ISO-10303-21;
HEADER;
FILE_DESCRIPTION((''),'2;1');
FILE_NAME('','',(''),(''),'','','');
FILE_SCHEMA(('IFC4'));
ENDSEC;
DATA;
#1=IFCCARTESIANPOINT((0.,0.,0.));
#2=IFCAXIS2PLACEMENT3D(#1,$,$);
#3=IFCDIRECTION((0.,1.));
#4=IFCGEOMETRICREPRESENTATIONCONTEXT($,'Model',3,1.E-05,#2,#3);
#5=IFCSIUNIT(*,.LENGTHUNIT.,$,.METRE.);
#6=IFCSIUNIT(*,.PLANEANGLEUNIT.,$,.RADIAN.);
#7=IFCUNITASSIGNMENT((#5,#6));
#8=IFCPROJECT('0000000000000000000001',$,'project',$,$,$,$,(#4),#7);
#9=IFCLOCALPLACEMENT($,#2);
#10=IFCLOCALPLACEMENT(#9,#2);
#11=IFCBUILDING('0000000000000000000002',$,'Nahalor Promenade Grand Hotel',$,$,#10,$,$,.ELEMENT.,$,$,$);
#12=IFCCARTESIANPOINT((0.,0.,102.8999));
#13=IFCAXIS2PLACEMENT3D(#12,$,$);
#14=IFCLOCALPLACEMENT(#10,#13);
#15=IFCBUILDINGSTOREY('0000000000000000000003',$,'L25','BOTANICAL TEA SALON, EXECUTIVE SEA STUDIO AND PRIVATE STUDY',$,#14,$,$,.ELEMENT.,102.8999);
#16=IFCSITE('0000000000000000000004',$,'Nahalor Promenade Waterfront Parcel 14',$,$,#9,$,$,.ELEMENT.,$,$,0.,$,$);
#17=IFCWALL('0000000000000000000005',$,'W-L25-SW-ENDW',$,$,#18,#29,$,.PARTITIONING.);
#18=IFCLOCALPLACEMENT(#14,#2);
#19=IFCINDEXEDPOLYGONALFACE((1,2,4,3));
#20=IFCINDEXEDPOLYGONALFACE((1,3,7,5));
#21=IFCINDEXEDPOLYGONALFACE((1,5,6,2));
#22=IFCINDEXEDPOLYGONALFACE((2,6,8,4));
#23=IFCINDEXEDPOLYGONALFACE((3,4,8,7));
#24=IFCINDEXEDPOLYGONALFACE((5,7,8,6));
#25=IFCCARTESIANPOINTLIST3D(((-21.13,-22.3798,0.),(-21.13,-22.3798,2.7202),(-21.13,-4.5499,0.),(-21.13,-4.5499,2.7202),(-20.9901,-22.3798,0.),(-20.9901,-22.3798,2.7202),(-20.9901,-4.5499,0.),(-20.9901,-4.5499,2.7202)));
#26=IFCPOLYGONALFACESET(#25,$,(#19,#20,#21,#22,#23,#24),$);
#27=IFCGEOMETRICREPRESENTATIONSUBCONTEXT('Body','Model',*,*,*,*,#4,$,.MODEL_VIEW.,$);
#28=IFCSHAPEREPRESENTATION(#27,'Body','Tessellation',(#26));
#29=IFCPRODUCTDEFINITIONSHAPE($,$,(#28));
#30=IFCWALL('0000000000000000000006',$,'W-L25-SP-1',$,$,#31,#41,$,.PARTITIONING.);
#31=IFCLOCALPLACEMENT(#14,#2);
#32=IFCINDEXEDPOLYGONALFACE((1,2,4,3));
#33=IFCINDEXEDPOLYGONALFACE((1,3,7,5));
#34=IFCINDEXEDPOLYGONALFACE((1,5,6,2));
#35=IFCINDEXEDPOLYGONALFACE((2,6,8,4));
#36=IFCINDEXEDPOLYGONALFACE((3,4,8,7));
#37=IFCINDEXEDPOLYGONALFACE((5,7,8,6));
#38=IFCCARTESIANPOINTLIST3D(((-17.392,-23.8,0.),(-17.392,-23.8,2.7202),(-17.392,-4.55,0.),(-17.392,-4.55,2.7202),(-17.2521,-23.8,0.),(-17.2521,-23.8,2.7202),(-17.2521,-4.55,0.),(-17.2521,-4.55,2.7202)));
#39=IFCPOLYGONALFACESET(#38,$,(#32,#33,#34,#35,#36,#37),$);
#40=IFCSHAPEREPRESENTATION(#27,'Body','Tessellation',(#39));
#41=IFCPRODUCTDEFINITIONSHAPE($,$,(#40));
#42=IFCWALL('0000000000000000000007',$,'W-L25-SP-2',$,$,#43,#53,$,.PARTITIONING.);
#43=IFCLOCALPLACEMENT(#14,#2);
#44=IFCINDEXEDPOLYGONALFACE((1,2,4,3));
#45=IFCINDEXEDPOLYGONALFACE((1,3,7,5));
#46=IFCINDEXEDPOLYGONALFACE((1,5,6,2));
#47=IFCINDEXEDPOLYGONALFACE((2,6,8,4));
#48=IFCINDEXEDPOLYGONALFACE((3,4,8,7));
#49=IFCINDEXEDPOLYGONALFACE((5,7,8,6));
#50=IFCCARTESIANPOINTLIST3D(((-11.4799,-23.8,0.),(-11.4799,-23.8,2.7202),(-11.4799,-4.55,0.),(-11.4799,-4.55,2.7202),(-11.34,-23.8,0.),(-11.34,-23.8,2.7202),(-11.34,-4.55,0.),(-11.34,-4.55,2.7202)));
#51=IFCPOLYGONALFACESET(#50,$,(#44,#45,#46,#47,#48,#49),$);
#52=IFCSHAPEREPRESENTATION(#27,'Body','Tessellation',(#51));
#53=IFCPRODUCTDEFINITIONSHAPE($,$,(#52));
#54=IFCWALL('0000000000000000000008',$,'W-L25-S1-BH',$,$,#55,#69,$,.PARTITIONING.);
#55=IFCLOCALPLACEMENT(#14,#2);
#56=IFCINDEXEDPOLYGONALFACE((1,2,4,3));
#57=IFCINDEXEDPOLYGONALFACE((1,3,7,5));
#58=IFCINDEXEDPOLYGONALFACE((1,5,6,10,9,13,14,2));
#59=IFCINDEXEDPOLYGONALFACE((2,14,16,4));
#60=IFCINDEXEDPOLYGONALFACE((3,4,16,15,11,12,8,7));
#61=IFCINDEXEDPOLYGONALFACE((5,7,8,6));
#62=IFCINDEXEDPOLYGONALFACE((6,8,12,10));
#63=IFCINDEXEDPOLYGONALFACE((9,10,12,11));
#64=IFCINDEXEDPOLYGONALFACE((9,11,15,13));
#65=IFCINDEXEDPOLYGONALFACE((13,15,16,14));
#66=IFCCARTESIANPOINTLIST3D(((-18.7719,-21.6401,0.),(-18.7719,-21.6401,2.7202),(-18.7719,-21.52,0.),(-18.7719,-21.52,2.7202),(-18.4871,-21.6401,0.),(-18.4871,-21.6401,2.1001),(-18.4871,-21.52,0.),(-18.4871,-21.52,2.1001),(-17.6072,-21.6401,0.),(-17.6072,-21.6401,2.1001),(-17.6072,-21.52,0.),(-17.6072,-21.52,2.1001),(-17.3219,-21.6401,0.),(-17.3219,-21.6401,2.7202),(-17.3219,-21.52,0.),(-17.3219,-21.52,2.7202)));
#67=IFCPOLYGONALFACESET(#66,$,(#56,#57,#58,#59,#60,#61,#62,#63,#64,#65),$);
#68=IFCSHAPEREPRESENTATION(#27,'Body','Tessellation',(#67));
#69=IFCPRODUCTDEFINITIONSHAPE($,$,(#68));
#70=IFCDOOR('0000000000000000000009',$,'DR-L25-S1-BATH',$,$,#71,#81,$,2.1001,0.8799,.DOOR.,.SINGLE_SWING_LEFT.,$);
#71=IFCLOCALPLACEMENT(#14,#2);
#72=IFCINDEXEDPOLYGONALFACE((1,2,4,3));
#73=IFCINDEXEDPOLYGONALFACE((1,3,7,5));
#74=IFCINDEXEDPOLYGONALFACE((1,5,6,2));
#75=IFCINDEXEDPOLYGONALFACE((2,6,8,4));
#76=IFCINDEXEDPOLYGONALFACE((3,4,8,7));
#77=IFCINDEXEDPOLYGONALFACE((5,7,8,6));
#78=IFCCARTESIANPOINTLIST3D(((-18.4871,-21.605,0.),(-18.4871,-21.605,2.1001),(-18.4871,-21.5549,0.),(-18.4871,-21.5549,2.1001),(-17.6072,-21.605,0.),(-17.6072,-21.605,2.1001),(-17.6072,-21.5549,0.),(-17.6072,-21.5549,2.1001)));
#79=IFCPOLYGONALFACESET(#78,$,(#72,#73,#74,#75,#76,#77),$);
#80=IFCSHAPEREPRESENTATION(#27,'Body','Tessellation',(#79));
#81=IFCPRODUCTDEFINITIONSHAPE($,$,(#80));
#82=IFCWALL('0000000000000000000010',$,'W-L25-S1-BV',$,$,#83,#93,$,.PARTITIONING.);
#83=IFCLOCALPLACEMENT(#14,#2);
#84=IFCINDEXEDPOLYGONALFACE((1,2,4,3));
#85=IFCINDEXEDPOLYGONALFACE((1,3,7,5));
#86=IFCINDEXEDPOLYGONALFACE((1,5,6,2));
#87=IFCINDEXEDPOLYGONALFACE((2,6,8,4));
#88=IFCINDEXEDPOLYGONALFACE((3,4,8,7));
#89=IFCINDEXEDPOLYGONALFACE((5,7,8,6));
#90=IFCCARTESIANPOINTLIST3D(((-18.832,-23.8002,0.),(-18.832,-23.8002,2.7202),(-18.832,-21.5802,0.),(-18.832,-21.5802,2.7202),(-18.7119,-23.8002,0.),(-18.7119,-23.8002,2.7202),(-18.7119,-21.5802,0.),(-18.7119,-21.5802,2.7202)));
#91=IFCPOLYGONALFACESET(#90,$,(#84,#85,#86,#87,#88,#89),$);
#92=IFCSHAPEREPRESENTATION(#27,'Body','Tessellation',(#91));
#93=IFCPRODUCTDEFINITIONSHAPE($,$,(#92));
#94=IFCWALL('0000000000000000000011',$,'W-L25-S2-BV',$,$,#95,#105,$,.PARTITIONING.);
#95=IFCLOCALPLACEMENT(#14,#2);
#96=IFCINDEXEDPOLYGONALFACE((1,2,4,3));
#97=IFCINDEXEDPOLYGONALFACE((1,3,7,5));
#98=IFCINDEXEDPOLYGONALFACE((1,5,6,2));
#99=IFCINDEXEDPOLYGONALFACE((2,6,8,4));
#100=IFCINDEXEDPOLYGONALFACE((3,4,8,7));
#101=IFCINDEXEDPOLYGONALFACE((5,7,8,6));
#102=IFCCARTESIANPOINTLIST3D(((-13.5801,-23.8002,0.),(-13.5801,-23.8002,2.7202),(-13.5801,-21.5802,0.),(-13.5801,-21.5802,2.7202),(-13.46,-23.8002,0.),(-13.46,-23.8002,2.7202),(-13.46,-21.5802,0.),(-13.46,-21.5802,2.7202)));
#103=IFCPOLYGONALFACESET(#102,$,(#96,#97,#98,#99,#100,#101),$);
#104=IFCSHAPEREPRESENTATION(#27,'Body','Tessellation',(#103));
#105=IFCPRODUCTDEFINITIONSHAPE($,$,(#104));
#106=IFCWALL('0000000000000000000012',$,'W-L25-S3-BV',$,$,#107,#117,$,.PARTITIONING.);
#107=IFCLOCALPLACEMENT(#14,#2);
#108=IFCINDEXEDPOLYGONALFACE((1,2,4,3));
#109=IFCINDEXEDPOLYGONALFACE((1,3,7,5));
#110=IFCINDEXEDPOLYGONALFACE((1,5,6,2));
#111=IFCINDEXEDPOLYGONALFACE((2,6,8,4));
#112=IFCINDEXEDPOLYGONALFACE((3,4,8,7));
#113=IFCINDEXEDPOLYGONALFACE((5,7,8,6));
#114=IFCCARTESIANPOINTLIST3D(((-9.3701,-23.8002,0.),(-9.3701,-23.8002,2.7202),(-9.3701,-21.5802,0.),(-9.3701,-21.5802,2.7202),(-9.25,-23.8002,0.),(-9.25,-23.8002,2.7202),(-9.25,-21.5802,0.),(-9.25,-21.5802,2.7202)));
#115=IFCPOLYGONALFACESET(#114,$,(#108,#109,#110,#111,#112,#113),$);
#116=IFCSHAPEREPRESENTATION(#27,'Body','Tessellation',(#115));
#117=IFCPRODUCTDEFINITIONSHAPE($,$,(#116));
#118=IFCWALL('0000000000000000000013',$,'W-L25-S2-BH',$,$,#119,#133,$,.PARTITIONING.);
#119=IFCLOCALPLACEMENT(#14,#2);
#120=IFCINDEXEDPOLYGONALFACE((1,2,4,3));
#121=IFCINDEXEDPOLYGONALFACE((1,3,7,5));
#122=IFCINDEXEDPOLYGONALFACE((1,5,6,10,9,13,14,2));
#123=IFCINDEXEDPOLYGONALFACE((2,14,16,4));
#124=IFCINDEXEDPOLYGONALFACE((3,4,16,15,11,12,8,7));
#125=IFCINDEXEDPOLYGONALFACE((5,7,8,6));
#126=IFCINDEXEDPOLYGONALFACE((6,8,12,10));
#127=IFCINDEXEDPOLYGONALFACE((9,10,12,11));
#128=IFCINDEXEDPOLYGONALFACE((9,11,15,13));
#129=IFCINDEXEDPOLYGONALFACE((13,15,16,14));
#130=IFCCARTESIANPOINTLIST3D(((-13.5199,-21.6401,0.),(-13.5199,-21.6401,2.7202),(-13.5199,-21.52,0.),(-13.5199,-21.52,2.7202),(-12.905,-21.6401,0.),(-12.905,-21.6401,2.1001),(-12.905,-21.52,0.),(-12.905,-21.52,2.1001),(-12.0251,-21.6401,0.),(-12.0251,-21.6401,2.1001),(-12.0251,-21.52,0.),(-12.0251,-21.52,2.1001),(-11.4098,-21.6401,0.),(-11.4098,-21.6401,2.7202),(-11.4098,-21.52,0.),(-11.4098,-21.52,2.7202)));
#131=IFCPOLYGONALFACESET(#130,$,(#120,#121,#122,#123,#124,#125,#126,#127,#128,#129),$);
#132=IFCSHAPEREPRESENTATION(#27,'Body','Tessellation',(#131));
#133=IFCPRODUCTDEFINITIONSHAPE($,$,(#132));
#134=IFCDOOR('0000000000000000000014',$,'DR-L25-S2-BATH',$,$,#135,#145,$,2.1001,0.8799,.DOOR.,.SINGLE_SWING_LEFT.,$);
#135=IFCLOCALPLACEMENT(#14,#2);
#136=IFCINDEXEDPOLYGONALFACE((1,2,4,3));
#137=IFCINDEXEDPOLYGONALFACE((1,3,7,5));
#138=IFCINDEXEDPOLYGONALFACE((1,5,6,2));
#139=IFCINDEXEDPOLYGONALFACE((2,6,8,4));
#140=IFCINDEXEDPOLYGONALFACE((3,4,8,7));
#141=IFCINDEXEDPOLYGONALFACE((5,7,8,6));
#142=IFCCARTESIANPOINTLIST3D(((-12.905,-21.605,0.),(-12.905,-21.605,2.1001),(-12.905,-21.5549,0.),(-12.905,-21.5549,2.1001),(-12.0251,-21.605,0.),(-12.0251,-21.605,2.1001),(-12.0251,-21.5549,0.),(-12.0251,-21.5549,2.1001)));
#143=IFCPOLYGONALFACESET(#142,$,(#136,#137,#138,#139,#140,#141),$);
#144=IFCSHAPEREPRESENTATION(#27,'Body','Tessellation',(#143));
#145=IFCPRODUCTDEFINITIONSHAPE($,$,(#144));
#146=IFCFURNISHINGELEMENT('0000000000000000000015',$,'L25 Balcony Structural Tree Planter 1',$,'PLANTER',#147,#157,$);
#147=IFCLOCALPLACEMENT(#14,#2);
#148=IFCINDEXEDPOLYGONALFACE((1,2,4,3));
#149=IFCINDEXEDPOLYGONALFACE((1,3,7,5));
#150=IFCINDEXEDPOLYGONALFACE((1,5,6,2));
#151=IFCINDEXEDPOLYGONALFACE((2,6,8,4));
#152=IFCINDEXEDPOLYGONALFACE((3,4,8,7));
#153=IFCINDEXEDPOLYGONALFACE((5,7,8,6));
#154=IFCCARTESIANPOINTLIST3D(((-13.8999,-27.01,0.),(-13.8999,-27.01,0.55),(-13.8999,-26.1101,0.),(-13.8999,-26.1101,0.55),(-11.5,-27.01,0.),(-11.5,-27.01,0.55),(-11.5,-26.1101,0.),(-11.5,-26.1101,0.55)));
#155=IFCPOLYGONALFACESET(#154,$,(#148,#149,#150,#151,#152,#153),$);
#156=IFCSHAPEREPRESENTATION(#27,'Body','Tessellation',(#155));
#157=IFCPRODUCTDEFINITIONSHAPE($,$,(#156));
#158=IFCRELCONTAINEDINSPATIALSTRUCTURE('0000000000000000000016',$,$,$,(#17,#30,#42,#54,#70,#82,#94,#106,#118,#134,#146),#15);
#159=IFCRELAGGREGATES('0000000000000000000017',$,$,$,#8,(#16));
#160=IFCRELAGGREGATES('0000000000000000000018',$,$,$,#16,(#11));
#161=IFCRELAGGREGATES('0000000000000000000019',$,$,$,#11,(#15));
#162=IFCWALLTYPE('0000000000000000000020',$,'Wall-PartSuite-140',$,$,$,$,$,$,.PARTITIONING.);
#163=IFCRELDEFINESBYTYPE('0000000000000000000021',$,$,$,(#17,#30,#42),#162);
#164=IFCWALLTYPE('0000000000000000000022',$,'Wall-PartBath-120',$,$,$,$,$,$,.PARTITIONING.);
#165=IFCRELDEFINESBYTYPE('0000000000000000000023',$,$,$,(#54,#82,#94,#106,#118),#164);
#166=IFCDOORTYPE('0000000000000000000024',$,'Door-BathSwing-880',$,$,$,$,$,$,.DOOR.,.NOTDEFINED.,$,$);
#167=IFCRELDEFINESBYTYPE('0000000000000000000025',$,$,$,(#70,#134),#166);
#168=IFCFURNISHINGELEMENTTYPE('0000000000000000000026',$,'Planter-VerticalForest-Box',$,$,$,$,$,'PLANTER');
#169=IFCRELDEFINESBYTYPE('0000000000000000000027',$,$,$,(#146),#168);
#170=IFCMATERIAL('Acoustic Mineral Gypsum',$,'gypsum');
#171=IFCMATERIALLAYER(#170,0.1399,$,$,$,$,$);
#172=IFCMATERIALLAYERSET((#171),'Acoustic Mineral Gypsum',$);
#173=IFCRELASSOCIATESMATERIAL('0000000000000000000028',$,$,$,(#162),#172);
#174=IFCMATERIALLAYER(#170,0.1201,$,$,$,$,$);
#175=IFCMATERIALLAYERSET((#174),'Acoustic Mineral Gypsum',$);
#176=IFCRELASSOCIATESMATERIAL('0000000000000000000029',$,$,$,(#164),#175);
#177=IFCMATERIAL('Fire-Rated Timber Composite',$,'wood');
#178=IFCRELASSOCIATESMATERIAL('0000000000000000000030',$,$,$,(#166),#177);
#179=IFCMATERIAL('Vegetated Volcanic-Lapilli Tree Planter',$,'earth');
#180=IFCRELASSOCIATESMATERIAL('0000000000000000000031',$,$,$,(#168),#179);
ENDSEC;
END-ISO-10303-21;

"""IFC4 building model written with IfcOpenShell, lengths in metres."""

from ifc_helpers import new_model, si_unit, direction, frame, frame_2d, origin, origin_2d, place, context, subcontext, project, spatial, rectangle, extrude, source, transform, mapped, material, layer, layer_set, type_object, element, fill, save


model = new_model("IFC4")

# Units and contexts
model_context = context("Model", 3, precision=1e-05, world=origin(), true_north=direction((0.0, 1.0)))
body_context = subcontext(model_context, "Body", "Model", "MODEL_VIEW")
ifc_project = project(units=[si_unit("LENGTHUNIT", "METRE"), si_unit("PLANEANGLEUNIT", "RADIAN")], contexts=[model_context])

# Site, building, storey
site_placement = place(None, origin())
site = spatial("IfcSite", under=ifc_project, at=site_placement, Name="Nahalor Promenade Waterfront Parcel 14", CompositionType="ELEMENT", RefElevation=0.0)
building_placement = place(site_placement, origin())
building = spatial("IfcBuilding", under=site, at=building_placement, Name="Nahalor Promenade Grand Hotel", CompositionType="ELEMENT")
storey_placement = place(building_placement, frame((0.0, 0.0, 102.8999)))
storey = spatial("IfcBuildingStorey", under=building, at=storey_placement, Name="L25", Description="BOTANICAL TEA SALON, EXECUTIVE SEA STUDIO AND PRIVATE STUDY", CompositionType="ELEMENT", Elevation=102.8999)

# Walls
ifc_material_1 = material(Name="Acoustic Mineral Gypsum", Category="gypsum")
ifc_layer_1 = layer(ifc_material_1, 0.1399)
ifc_layer_set_1 = layer_set([ifc_layer_1], Name="Acoustic Mineral Gypsum")
wall_type_1 = type_object("IfcWallType", Name="Wall-PartSuite-140", PredefinedType="PARTITIONING", material=ifc_layer_set_1)
shared_shape_1 = source(origin(), body_context, "Body", "SweptSolid", [
    extrude(rectangle(XDim=17.8298, YDim=0.1399, at=frame_2d((8.915, 0.0))), origin(), (0.0, 0.0, 1.0), 2.7202),
])
wall_1_placement = place(storey_placement, frame((-21.0601, -22.3799, 0.0), z_axis=(0.0, 0.0, 1.0), x_axis=(0.0, 1.0, 0.0)))
element("IfcWall", 1, at=wall_1_placement, inside=storey, type_object=wall_type_1, Name="W-L25-SW-ENDW", PredefinedType="PARTITIONING", context=body_context, shape_type="MappedRepresentation", body=[
    mapped(shared_shape_1, transform((0.0, 0.0, 0.0), scale=1.0)),
])
shared_shape_2 = source(origin(), body_context, "Body", "SweptSolid", [
    extrude(rectangle(XDim=19.25, YDim=0.1399, at=frame_2d((9.625, 0.0))), origin(), (0.0, 0.0, 1.0), 2.7202),
])
for number, where, z_axis, x_axis, name in (
    (2, (-17.322, -23.8, 0.0), (0.0, 0.0, 1.0), (0.0, 1.0, 0.0), "W-L25-SP-1"),
    (3, (-11.4099, -23.8, 0.0), (0.0, 0.0, 1.0), (0.0, 1.0, 0.0), "W-L25-SP-2"),
):
    element("IfcWall", number, at=place(storey_placement, frame(where, z_axis=z_axis, x_axis=x_axis)), inside=storey, type_object=wall_type_1, Name=name, PredefinedType="PARTITIONING", context=body_context, shape_type="MappedRepresentation", body=[
        mapped(shared_shape_2, transform((0.0, 0.0, 0.0), scale=1.0)),
    ])

# Wall, opening, door
ifc_layer_2 = layer(ifc_material_1, 0.1201)
ifc_layer_set_2 = layer_set([ifc_layer_2], Name="Acoustic Mineral Gypsum")
wall_type_2 = type_object("IfcWallType", Name="Wall-PartBath-120", PredefinedType="PARTITIONING", material=ifc_layer_set_2)
shared_shape_3 = source(origin(), body_context, "Body", "SweptSolid", [
    extrude(rectangle(XDim=1.45, YDim=0.1201, at=frame_2d((0.7251, 0.0))), origin(), (0.0, 0.0, 1.0), 2.7202),
])
wall_2_placement = place(storey_placement, frame((-18.772, -21.5801, 0.0), z_axis=(0.0, 0.0, 1.0), x_axis=(1.0, 0.0, 0.0)))
wall_2 = element("IfcWall", 4, at=wall_2_placement, inside=storey, type_object=wall_type_2, Name="W-L25-S1-BH", PredefinedType="PARTITIONING", context=body_context, shape_type="MappedRepresentation", body=[
    mapped(shared_shape_3, transform((0.0, 0.0, 0.0), scale=1.0)),
])
opening_1_placement = place(wall_2_placement, frame((0.2849, 0.0, 0.0)))
opening_1 = element("IfcOpeningElement", 5, at=opening_1_placement, cuts=wall_2, PredefinedType="OPENING", context=body_context, shape_type="SweptSolid", body=[
    extrude(rectangle(XDim=0.8799, YDim=2.1001, at=frame_2d((0.4399, 1.05))), frame((0.0, 0.0701, 0.0), z_axis=(0.0, -1.0, 0.0), x_axis=(1.0, 0.0, 0.0)), (0.0, 0.0, 1.0), 0.1401),
])
ifc_material_2 = material(Name="Fire-Rated Timber Composite", Category="wood")
door_type_1 = type_object("IfcDoorType", Name="Door-BathSwing-880", OperationType="NOTDEFINED", PredefinedType="DOOR", material=ifc_material_2)
shared_shape_4 = source(origin(), body_context, "Body", "SweptSolid", [
    extrude(rectangle(XDim=0.8799, YDim=2.1001, at=frame_2d((0.4399, 1.05))), frame((0.0, 0.0249, 0.0), z_axis=(0.0, -1.0, 0.0), x_axis=(1.0, 0.0, 0.0)), (0.0, 0.0, 1.0), 0.05),
])
door_1_placement = place(opening_1_placement, frame((0.8799, 0.0, 0.0), z_axis=(0.0, 0.0, 1.0), x_axis=(-1.0, 0.0, 0.0)))
door_1 = element("IfcDoor", 6, at=door_1_placement, inside=storey, type_object=door_type_1, Name="DR-L25-S1-BATH", OperationType="SINGLE_SWING_LEFT", OverallHeight=2.1001, OverallWidth=0.8799, PredefinedType="DOOR", context=body_context, shape_type="MappedRepresentation", body=[
    mapped(shared_shape_4, transform((0.0, 0.0, 0.0), scale=1.0)),
])
fill(opening_1, door_1)

# Walls
shared_shape_5 = source(origin(), body_context, "Body", "SweptSolid", [
    extrude(rectangle(XDim=2.22, YDim=0.1201, at=frame_2d((1.1099, 0.0))), origin(), (0.0, 0.0, 1.0), 2.7202),
])
for number, where, z_axis, x_axis, name in (
    (7, (-18.772, -23.8, 0.0), (0.0, 0.0, 1.0), (0.0, 1.0, 0.0), "W-L25-S1-BV"),
    (8, (-13.52, -23.8, 0.0), (0.0, 0.0, 1.0), (0.0, 1.0, 0.0), "W-L25-S2-BV"),
    (9, (-9.3101, -23.8, 0.0), (0.0, 0.0, 1.0), (0.0, 1.0, 0.0), "W-L25-S3-BV"),
):
    element("IfcWall", number, at=place(storey_placement, frame(where, z_axis=z_axis, x_axis=x_axis)), inside=storey, type_object=wall_type_2, Name=name, PredefinedType="PARTITIONING", context=body_context, shape_type="MappedRepresentation", body=[
        mapped(shared_shape_5, transform((0.0, 0.0, 0.0), scale=1.0)),
    ])

# Wall, opening, door
shared_shape_6 = source(origin(), body_context, "Body", "SweptSolid", [
    extrude(rectangle(XDim=2.1101, YDim=0.1201, at=frame_2d((1.0552, 0.0))), origin(), (0.0, 0.0, 1.0), 2.7202),
])
wall_3_placement = place(storey_placement, frame((-13.52, -21.5801, 0.0), z_axis=(0.0, 0.0, 1.0), x_axis=(1.0, 0.0, 0.0)))
wall_3 = element("IfcWall", 10, at=wall_3_placement, inside=storey, type_object=wall_type_2, Name="W-L25-S2-BH", PredefinedType="PARTITIONING", context=body_context, shape_type="MappedRepresentation", body=[
    mapped(shared_shape_6, transform((0.0, 0.0, 0.0), scale=1.0)),
])
opening_2_placement = place(wall_3_placement, frame((0.615, 0.0, 0.0)))
opening_2 = element("IfcOpeningElement", 11, at=opening_2_placement, cuts=wall_3, PredefinedType="OPENING", context=body_context, shape_type="SweptSolid", body=[
    extrude(rectangle(XDim=0.8799, YDim=2.1001, at=frame_2d((0.4399, 1.05))), frame((0.0, 0.0701, 0.0), z_axis=(0.0, -1.0, 0.0), x_axis=(1.0, 0.0, 0.0)), (0.0, 0.0, 1.0), 0.1401),
])
door_2_placement = place(opening_2_placement, frame((0.8799, 0.0, 0.0), z_axis=(0.0, 0.0, 1.0), x_axis=(-1.0, 0.0, 0.0)))
door_2 = element("IfcDoor", 12, at=door_2_placement, inside=storey, type_object=door_type_1, Name="DR-L25-S2-BATH", OperationType="SINGLE_SWING_LEFT", OverallHeight=2.1001, OverallWidth=0.8799, PredefinedType="DOOR", context=body_context, shape_type="MappedRepresentation", body=[
    mapped(shared_shape_4, transform((0.0, 0.0, 0.0), scale=1.0)),
])
fill(opening_2, door_2)

# Furnishing element
ifc_material_3 = material(Name="Vegetated Volcanic-Lapilli Tree Planter", Category="earth")
furnishing_element_type = type_object("IfcFurnishingElementType", Name="Planter-VerticalForest-Box", ElementType="PLANTER", material=ifc_material_3)
shared_shape_7 = source(origin(), body_context, "Body", "SweptSolid", [
    extrude(rectangle(XDim=2.3999, YDim=0.8999, at=origin_2d()), origin(), (0.0, 0.0, 1.0), 0.55),
])
furnishing_placement = place(storey_placement, frame((-12.7, -26.5601, 0.0), z_axis=(0.0, 0.0, 1.0), x_axis=(1.0, 0.0, 0.0)))
element("IfcFurnishingElement", 13, at=furnishing_placement, inside=storey, type_object=furnishing_element_type, Name="L25 Balcony Structural Tree Planter 1", ObjectType="PLANTER", context=body_context, shape_type="MappedRepresentation", body=[
    mapped(shared_shape_7, transform((0.0, 0.0, 0.0), scale=1.0)),
])

save(model, "model.ifc")
